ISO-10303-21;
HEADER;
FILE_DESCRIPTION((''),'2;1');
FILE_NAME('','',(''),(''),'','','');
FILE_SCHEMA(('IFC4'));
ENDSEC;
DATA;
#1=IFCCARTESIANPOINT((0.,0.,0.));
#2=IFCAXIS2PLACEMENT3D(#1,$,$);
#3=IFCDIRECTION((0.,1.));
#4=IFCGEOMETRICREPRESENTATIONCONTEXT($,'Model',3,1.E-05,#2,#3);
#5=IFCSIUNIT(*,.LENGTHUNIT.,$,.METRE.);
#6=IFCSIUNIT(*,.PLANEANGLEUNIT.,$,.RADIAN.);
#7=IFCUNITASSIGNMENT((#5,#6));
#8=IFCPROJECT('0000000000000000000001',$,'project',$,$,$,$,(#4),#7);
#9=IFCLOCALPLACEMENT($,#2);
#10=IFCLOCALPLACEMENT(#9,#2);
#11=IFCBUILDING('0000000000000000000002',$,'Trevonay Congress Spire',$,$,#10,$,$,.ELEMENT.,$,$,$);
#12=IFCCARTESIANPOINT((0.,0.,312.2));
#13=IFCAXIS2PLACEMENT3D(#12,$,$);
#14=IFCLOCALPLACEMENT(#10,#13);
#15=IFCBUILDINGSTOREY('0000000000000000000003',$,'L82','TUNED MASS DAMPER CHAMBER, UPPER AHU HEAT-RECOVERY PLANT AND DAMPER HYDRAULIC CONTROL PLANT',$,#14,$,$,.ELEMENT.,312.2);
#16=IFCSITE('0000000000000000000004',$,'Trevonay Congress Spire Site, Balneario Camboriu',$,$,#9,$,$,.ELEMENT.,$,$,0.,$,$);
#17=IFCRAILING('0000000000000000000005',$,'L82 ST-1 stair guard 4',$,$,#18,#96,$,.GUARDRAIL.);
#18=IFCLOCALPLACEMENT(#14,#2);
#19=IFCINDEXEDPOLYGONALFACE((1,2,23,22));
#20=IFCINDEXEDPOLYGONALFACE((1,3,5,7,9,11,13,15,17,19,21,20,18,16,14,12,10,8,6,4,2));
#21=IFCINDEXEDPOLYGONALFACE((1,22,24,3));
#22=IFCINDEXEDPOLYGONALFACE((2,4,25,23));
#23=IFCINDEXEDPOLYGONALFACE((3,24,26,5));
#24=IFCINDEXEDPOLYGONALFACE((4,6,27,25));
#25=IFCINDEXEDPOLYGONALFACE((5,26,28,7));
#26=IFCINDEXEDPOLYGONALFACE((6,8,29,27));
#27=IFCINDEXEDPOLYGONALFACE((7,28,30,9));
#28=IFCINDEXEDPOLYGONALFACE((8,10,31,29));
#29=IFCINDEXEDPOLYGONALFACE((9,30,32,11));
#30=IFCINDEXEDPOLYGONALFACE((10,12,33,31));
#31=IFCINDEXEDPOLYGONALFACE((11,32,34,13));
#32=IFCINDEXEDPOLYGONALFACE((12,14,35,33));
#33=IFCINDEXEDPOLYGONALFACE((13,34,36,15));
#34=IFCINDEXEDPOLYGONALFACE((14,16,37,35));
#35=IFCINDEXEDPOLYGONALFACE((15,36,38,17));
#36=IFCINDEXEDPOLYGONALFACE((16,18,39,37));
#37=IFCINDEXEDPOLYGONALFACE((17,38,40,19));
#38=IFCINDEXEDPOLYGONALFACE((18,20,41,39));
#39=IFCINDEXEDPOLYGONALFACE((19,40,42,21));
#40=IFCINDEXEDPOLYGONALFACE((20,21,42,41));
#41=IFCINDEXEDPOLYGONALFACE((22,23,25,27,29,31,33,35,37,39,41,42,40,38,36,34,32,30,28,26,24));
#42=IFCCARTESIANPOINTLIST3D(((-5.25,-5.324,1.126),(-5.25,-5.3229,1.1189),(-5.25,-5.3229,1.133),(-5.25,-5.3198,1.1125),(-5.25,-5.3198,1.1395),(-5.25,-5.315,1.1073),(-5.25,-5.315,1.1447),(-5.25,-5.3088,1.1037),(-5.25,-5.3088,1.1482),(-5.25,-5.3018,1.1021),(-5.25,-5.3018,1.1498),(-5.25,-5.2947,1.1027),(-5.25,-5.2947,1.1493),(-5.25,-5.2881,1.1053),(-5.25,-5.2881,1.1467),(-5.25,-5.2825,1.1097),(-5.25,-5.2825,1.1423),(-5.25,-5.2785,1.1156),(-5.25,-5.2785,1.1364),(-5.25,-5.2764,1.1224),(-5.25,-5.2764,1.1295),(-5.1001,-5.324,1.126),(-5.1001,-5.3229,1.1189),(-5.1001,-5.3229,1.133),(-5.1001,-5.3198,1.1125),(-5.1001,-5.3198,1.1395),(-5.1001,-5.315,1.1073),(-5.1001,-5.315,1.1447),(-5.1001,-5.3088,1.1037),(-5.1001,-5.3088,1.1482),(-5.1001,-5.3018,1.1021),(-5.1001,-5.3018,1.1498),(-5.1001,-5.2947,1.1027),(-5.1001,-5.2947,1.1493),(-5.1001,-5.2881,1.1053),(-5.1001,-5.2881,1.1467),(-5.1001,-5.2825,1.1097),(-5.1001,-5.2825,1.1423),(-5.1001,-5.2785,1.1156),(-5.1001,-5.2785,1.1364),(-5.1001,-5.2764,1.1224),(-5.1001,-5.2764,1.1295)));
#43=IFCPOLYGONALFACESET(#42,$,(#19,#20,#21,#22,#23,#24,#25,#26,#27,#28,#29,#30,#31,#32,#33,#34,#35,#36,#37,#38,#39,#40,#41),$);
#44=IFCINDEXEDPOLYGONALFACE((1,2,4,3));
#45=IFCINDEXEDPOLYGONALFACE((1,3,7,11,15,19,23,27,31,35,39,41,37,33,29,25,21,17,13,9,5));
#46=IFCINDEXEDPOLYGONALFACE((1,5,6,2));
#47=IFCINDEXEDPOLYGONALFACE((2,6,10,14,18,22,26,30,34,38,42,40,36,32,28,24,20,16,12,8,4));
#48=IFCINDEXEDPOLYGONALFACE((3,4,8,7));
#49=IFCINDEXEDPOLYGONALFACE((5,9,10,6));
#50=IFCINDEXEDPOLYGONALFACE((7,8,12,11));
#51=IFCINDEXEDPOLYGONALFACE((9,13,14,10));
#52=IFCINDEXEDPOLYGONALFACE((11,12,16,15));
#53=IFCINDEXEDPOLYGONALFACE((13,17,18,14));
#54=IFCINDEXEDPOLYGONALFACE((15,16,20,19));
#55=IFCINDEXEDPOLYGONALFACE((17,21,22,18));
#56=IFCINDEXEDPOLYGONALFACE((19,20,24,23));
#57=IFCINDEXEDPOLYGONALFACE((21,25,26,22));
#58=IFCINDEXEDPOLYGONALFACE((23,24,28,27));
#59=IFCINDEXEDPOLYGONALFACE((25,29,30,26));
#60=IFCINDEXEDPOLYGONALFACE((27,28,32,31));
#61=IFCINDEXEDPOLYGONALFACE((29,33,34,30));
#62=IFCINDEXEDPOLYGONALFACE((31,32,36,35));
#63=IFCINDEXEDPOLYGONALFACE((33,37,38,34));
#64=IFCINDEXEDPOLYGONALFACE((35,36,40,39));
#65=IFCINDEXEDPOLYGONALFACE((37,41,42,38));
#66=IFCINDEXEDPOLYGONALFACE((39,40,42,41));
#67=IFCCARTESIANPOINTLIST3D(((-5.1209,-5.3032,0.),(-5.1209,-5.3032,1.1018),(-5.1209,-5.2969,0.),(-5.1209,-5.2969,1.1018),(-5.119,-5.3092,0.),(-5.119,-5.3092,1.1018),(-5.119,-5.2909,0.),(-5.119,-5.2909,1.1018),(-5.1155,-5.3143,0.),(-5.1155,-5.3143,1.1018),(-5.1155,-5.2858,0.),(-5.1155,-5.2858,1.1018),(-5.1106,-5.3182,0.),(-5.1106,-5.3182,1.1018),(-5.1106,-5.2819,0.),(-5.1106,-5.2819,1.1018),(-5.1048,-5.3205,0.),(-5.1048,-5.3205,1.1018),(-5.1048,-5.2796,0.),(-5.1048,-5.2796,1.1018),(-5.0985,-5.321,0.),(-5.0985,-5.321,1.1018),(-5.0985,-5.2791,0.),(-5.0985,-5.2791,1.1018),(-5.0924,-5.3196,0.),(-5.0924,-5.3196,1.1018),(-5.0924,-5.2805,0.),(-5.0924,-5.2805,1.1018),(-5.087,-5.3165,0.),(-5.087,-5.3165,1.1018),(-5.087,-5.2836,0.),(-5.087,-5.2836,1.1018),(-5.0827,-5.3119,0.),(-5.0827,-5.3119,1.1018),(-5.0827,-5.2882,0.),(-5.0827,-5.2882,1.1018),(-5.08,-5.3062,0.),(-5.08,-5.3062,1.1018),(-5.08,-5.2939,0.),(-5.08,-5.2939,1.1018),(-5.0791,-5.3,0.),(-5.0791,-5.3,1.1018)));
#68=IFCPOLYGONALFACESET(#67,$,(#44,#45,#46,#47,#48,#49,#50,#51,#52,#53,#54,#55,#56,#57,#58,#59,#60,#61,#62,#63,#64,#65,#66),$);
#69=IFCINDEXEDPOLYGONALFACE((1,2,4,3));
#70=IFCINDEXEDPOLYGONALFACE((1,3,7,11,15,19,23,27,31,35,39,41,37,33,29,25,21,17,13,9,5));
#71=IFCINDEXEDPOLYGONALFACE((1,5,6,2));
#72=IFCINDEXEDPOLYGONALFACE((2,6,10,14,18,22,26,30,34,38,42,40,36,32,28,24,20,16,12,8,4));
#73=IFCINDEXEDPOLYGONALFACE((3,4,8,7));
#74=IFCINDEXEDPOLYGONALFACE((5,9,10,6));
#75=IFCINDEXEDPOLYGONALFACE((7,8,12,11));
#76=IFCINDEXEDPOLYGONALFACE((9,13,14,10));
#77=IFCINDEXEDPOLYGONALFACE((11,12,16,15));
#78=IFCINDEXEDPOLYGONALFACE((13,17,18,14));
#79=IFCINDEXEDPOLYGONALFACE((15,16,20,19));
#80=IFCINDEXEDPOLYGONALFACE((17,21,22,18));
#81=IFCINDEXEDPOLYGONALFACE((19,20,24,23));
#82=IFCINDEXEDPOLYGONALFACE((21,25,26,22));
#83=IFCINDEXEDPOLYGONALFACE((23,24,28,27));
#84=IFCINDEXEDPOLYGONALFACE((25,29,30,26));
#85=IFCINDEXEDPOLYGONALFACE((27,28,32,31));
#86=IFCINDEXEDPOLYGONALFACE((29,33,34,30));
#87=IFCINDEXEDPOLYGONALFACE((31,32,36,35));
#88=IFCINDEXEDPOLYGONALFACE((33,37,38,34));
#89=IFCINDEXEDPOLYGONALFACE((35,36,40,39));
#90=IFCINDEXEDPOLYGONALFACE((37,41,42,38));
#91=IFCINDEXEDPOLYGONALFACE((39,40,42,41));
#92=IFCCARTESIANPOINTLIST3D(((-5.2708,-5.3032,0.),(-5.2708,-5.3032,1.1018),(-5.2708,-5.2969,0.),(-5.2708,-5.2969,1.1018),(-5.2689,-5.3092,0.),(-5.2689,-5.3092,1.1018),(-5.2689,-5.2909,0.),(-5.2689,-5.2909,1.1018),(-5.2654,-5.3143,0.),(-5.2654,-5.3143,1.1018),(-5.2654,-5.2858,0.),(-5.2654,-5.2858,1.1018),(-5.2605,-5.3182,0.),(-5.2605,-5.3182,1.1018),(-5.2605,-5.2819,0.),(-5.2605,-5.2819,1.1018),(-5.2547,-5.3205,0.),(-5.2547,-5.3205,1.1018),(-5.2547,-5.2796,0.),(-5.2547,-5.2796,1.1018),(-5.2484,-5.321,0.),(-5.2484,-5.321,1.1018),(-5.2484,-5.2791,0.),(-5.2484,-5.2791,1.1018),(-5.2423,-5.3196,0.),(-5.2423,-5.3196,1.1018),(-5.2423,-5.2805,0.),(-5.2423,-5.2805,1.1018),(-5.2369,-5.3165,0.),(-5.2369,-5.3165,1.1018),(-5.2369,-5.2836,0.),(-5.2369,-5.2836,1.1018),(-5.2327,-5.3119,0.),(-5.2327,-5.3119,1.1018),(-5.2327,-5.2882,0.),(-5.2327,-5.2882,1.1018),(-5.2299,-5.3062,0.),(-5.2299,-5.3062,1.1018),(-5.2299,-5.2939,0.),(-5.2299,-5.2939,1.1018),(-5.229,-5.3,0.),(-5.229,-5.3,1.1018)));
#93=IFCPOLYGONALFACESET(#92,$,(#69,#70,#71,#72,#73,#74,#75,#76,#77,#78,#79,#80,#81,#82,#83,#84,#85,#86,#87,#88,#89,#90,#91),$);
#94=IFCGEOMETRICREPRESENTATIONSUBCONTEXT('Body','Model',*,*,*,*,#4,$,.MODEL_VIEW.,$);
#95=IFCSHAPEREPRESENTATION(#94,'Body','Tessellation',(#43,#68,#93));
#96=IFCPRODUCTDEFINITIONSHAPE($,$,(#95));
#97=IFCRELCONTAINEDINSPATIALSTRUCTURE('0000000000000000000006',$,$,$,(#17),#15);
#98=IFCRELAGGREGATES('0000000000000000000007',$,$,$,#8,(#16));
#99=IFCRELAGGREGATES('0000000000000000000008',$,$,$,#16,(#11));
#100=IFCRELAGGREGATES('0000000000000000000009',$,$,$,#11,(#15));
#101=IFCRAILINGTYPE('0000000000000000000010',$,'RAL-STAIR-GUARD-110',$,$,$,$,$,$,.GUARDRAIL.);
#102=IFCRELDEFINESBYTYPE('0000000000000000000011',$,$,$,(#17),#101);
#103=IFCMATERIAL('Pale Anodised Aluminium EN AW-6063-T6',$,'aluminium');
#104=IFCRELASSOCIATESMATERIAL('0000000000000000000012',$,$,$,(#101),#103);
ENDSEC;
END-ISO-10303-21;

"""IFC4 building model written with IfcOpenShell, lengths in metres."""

from ifc_helpers import new_model, si_unit, direction, frame, origin, origin_2d, place, context, subcontext, project, spatial, circle, extrude, material, type_object, element, save


model = new_model("IFC4")

# Units and contexts
model_context = context("Model", 3, precision=1e-05, world=origin(), true_north=direction((0.0, 1.0)))
body_context = subcontext(model_context, "Body", "Model", "MODEL_VIEW")
ifc_project = project(units=[si_unit("LENGTHUNIT", "METRE"), si_unit("PLANEANGLEUNIT", "RADIAN")], contexts=[model_context])

# Site, building, storey
site_placement = place(None, origin())
site = spatial("IfcSite", under=ifc_project, at=site_placement, Name="Trevonay Congress Spire Site, Balneario Camboriu", CompositionType="ELEMENT", RefElevation=0.0)
building_placement = place(site_placement, origin())
building = spatial("IfcBuilding", under=site, at=building_placement, Name="Trevonay Congress Spire", CompositionType="ELEMENT")
storey_placement = place(building_placement, frame((0.0, 0.0, 312.2)))
storey = spatial("IfcBuildingStorey", under=building, at=storey_placement, Name="L82", Description="TUNED MASS DAMPER CHAMBER, UPPER AHU HEAT-RECOVERY PLANT AND DAMPER HYDRAULIC CONTROL PLANT", CompositionType="ELEMENT", Elevation=312.2)

# Railing
ifc_material_1 = material(Name="Pale Anodised Aluminium EN AW-6063-T6", Category="aluminium")
railing_type_1 = type_object("IfcRailingType", Name="RAL-STAIR-GUARD-110", PredefinedType="GUARDRAIL", material=ifc_material_1)
railing_1_placement = place(storey_placement, frame((-5.1001, -5.3, 0.0)))
element("IfcRailing", 1, at=railing_1_placement, inside=storey, type_object=railing_type_1, Name="L82 ST-1 stair guard 4", PredefinedType="GUARDRAIL", context=body_context, shape_type="SweptSolid", body=[
    extrude(circle(Radius=0.0239, at=origin_2d()), frame((0.0, 0.0, 1.126), z_axis=(-1.0, 0.0, 0.0), x_axis=(0.0, -1.0, 0.0)), (0.0, 0.0, 1.0), 0.1499),
    extrude(circle(Radius=0.021, at=origin_2d()), origin(), (0.0, 0.0, 1.0), 1.1018),
    extrude(circle(Radius=0.021, at=origin_2d()), frame((-0.1499, 0.0, 0.0)), (0.0, 0.0, 1.0), 1.1018),
])

save(model, "model.ifc")
